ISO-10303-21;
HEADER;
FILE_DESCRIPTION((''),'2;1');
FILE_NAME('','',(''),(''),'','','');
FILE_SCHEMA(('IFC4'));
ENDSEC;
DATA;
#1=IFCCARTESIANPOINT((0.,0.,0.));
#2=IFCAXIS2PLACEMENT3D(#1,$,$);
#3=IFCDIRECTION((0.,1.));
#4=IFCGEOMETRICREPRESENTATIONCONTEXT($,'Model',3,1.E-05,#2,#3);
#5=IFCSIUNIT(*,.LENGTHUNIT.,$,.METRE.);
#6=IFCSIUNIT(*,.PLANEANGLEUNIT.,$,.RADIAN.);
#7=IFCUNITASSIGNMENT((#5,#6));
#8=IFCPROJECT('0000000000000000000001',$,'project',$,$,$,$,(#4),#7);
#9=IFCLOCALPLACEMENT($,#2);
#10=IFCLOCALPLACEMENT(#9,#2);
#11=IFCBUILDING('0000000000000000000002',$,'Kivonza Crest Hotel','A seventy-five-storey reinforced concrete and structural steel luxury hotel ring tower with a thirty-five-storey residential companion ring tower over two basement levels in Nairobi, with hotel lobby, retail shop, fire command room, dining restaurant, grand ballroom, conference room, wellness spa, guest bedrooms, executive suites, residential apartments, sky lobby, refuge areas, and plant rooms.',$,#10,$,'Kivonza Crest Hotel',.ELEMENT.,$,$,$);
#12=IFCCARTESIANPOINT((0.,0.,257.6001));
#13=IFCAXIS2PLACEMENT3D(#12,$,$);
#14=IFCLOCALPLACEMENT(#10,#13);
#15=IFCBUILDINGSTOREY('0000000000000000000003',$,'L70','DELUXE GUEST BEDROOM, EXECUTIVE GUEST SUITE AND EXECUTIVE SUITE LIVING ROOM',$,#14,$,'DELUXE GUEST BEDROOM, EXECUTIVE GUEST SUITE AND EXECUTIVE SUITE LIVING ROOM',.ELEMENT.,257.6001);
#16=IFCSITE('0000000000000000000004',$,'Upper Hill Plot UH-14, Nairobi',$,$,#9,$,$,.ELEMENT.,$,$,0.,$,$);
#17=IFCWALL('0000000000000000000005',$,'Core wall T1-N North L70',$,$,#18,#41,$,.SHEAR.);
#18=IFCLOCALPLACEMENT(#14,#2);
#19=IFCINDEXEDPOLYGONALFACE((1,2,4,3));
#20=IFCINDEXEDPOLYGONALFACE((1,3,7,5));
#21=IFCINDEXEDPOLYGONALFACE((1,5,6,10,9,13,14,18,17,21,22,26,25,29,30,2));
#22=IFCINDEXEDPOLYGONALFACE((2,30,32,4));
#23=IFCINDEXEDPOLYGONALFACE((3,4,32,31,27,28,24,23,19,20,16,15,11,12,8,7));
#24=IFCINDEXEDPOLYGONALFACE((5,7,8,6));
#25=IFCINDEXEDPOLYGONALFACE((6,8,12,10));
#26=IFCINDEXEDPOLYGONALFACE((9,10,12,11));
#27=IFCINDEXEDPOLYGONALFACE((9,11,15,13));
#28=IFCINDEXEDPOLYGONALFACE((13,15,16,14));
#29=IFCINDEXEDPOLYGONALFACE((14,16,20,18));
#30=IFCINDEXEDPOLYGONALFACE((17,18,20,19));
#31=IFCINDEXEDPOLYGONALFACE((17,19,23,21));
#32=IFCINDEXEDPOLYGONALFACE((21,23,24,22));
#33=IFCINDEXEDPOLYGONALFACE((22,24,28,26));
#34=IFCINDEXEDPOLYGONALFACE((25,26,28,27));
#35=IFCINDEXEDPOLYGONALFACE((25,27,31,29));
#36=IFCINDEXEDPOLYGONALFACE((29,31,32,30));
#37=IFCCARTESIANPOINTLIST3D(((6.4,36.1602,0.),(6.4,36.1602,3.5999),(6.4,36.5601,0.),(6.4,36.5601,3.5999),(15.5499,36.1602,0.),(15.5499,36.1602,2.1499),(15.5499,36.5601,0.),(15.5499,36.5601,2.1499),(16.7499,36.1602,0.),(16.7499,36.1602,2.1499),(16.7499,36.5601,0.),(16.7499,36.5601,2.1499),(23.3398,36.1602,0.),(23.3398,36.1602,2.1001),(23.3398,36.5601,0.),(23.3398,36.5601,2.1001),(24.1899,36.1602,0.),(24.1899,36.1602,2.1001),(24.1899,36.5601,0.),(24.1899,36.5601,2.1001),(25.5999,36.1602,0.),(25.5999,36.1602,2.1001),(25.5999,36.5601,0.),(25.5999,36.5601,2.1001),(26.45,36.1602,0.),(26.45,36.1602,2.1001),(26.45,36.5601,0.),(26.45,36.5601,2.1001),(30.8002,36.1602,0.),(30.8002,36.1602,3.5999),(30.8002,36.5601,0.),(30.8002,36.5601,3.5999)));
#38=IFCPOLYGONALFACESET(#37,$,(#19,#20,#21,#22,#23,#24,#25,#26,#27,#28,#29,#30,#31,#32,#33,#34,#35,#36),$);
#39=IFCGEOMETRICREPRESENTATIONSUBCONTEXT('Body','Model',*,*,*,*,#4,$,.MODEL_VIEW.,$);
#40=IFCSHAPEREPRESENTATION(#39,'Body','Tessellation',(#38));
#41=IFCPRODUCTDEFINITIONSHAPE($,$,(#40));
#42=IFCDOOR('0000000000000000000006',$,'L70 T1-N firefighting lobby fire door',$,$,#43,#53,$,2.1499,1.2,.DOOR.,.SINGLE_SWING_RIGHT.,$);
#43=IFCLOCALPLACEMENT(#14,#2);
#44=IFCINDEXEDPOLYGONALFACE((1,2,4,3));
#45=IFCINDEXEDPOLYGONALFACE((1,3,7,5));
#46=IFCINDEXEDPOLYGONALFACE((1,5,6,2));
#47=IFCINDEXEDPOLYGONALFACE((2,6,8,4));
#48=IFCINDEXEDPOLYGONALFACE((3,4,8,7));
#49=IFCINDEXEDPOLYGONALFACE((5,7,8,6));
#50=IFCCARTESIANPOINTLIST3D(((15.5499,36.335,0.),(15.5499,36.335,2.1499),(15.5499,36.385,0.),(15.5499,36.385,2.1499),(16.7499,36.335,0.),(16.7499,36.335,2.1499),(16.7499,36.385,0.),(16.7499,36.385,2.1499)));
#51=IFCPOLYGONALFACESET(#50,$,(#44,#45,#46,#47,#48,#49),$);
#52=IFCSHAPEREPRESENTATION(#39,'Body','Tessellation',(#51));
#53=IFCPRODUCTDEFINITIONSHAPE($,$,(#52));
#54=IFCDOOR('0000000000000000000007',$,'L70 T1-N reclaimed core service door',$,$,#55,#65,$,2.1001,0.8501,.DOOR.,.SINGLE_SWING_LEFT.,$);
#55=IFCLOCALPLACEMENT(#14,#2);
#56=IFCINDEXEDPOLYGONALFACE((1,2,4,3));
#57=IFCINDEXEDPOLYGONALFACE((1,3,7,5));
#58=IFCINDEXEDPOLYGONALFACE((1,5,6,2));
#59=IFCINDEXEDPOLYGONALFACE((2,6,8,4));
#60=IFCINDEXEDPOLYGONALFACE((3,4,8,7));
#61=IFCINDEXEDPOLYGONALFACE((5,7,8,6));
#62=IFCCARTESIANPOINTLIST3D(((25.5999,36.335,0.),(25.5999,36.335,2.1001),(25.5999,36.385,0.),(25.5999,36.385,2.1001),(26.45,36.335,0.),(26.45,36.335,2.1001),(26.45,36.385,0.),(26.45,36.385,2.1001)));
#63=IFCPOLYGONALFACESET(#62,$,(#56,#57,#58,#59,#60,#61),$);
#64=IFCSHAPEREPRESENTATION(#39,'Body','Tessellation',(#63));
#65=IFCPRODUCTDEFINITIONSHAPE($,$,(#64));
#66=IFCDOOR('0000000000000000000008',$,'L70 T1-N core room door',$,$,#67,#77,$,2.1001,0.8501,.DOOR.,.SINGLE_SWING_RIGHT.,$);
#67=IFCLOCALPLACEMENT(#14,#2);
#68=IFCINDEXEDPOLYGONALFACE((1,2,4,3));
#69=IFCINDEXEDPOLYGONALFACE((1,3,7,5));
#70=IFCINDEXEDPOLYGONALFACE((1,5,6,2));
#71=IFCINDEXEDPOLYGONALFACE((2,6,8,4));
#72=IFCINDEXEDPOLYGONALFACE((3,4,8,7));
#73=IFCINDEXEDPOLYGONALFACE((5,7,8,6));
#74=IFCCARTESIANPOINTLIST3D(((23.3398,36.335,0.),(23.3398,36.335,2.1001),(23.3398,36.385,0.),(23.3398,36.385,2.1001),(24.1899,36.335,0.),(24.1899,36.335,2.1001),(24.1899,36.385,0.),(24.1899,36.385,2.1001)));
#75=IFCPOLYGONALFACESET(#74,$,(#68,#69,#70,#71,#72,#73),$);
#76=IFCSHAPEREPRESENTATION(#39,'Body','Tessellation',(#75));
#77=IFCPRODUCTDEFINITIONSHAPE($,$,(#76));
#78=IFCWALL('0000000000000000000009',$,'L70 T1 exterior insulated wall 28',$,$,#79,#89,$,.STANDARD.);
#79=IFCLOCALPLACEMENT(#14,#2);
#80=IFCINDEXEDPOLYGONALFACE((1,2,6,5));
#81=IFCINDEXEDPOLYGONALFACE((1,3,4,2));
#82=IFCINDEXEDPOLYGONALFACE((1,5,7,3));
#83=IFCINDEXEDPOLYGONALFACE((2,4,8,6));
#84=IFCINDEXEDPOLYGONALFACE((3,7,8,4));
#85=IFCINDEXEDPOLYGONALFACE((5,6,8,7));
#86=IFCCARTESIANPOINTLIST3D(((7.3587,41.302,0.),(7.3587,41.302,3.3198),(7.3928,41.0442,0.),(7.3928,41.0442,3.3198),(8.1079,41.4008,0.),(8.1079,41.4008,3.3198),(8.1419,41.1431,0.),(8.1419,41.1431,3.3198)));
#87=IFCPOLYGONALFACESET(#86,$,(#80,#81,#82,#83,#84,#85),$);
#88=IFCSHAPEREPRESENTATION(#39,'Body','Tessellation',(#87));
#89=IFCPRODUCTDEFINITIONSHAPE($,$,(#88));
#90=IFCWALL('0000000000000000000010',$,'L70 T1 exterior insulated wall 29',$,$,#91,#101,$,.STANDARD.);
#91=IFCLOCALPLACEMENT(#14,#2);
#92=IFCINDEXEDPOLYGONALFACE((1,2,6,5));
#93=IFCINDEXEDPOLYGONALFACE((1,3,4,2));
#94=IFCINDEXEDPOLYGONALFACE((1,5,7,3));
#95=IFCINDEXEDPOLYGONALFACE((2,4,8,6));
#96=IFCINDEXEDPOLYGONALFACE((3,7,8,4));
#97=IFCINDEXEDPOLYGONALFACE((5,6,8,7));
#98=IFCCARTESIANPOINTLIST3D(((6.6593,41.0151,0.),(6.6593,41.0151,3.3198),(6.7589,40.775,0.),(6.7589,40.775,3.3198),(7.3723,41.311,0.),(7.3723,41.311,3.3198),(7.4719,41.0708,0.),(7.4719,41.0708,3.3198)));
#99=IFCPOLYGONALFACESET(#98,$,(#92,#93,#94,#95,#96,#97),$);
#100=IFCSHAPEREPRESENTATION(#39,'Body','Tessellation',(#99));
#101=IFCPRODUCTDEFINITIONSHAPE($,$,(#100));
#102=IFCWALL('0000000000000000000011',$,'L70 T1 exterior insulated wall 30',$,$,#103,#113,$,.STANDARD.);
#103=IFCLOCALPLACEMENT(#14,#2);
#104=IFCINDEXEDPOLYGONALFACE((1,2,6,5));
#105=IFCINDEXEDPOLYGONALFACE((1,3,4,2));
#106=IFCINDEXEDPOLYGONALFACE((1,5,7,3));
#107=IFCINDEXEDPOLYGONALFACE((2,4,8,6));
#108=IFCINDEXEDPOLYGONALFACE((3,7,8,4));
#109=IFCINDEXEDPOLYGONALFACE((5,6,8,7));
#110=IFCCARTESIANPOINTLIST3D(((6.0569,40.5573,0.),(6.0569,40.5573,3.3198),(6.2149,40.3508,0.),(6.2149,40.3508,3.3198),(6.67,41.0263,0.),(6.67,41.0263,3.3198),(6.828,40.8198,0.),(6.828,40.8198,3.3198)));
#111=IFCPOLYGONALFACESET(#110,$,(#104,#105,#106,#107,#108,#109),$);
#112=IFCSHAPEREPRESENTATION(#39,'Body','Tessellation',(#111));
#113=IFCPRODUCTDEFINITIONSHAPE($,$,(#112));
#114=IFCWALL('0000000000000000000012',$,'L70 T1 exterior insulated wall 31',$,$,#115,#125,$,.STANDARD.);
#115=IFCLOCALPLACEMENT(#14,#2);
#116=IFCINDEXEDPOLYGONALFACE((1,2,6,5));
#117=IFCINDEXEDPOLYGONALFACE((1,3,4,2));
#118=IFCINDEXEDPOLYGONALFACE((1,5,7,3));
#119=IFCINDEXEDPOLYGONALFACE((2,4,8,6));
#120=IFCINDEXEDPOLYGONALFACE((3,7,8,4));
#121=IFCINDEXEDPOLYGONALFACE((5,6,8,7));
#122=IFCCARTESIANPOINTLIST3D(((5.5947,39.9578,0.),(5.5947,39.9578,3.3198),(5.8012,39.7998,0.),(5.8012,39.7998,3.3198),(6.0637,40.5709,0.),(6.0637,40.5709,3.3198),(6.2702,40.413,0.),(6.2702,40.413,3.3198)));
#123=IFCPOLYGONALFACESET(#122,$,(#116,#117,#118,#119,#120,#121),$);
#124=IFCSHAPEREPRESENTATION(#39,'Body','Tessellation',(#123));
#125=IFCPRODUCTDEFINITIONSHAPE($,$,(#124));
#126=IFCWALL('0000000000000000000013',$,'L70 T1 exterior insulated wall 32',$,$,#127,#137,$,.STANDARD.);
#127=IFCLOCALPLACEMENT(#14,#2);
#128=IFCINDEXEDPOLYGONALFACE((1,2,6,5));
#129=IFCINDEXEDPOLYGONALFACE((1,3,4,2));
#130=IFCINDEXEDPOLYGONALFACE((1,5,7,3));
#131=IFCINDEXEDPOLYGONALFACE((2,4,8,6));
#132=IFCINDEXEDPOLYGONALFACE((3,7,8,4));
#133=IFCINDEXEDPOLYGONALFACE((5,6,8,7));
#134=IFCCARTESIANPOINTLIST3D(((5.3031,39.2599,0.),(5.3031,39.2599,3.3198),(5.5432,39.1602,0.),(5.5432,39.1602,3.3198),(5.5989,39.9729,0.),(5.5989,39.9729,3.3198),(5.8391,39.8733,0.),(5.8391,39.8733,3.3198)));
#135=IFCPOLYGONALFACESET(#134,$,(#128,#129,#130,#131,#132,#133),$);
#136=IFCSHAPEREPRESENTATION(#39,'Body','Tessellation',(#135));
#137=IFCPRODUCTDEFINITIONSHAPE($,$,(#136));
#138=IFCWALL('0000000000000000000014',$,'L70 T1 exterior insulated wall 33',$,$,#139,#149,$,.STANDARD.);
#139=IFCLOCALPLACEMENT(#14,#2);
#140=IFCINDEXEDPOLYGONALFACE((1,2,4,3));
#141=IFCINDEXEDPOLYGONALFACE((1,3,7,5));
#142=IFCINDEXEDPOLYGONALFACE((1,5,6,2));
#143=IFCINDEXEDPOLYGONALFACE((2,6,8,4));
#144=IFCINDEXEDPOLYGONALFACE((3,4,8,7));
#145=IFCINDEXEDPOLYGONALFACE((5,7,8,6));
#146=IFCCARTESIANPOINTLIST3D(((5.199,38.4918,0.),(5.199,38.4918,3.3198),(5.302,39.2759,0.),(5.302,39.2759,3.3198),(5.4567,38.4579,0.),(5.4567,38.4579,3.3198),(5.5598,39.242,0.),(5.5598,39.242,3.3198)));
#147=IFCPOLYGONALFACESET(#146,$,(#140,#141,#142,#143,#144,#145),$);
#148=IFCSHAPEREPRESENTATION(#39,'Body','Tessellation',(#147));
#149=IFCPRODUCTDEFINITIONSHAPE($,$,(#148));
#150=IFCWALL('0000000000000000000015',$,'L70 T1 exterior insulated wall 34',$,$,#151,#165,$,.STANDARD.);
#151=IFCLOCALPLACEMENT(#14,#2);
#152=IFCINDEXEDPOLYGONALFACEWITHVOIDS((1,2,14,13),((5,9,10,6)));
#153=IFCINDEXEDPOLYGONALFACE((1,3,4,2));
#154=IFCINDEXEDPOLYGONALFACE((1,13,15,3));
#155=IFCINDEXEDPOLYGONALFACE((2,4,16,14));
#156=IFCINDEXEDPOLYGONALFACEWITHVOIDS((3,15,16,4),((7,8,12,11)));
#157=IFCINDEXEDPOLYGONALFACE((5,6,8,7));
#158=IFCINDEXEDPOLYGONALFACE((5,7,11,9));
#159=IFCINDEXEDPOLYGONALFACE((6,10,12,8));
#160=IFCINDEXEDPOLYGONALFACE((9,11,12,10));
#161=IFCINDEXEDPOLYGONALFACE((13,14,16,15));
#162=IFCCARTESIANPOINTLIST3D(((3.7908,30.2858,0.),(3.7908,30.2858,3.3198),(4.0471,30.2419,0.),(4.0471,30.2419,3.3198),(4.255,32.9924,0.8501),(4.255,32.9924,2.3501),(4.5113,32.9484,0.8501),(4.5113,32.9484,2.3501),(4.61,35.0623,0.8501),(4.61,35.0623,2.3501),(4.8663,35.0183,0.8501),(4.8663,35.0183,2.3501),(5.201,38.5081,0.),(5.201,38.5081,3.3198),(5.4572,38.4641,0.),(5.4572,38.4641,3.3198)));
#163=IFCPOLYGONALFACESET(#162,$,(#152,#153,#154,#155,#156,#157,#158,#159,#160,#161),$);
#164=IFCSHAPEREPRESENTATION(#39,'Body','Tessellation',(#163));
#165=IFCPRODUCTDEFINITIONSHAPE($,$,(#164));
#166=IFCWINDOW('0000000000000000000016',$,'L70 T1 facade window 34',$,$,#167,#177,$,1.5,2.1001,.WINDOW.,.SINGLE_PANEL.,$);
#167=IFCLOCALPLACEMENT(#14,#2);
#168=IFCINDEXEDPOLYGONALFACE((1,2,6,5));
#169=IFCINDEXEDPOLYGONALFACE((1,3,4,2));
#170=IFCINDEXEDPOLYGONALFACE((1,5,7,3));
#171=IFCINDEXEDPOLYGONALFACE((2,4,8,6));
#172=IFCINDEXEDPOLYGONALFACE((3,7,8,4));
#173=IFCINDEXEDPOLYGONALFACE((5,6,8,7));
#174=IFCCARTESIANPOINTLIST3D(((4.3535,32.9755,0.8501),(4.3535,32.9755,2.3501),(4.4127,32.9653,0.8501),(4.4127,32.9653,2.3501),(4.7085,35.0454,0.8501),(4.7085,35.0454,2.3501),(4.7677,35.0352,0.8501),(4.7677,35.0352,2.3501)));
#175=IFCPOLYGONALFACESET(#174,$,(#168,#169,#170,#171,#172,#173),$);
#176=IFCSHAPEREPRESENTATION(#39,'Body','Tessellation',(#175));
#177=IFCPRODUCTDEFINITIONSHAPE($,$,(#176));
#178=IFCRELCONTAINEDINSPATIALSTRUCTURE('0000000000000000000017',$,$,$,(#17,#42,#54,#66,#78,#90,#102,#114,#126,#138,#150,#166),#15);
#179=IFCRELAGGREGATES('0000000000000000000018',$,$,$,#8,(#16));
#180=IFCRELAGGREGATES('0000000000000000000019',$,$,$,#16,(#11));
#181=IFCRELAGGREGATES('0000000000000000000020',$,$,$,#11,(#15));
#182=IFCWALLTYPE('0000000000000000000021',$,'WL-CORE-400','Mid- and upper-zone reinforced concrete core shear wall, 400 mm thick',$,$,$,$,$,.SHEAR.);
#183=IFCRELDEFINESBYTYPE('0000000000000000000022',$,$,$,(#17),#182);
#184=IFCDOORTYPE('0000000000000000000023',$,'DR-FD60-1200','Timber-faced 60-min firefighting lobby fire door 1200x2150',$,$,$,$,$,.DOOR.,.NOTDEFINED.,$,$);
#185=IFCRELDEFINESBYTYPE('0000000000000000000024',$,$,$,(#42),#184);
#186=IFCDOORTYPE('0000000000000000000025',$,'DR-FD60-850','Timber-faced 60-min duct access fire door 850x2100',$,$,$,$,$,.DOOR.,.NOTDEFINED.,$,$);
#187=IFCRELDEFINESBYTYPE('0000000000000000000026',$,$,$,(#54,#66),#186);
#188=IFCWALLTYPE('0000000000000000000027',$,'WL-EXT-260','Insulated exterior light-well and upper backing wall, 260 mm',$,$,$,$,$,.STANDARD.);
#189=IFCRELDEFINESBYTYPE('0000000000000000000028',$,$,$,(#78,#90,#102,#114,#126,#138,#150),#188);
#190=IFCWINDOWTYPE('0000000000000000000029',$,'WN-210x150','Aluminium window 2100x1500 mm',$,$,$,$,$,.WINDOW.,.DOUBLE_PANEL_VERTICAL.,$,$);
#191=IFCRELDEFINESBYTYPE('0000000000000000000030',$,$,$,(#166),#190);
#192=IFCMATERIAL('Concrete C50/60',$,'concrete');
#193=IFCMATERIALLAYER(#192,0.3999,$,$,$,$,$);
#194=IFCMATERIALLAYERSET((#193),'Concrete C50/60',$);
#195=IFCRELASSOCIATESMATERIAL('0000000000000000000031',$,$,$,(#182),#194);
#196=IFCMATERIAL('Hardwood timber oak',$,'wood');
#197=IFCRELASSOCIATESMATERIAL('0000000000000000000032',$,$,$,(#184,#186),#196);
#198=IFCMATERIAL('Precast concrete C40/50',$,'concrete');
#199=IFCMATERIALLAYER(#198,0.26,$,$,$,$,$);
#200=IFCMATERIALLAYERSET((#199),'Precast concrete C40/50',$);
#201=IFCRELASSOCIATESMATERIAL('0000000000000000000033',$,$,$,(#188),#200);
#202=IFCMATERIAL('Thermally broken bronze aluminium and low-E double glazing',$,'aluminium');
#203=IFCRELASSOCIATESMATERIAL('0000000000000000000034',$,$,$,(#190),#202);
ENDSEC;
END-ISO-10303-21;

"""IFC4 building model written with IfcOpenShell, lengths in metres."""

from ifc_helpers import new_model, si_unit, direction, frame, frame_2d, origin, place, context, subcontext, project, spatial, rectangle, extrude, material, layer, layer_set, type_object, element, fill, save


model = new_model("IFC4")

# Units and contexts
model_context = context("Model", 3, precision=1e-05, world=origin(), true_north=direction((0.0, 1.0)))
body_context = subcontext(model_context, "Body", "Model", "MODEL_VIEW")
ifc_project = project(units=[si_unit("LENGTHUNIT", "METRE"), si_unit("PLANEANGLEUNIT", "RADIAN")], contexts=[model_context])

# Site, building, storey
site_placement = place(None, origin())
site = spatial("IfcSite", under=ifc_project, at=site_placement, Name="Upper Hill Plot UH-14, Nairobi", CompositionType="ELEMENT", RefElevation=0.0)
building_placement = place(site_placement, origin())
building = spatial("IfcBuilding", under=site, at=building_placement, Name="Kivonza Crest Hotel", Description="A seventy-five-storey reinforced concrete and structural steel luxury hotel ring tower with a thirty-five-storey residential companion ring tower over two basement levels in Nairobi, with hotel lobby, retail shop, fire command room, dining restaurant, grand ballroom, conference room, wellness spa, guest bedrooms, executive suites, residential apartments, sky lobby, refuge areas, and plant rooms.", LongName="Kivonza Crest Hotel", CompositionType="ELEMENT")
storey_placement = place(building_placement, frame((0.0, 0.0, 257.6001)))
storey = spatial("IfcBuildingStorey", under=building, at=storey_placement, Name="L70", Description="DELUXE GUEST BEDROOM, EXECUTIVE GUEST SUITE AND EXECUTIVE SUITE LIVING ROOM", LongName="DELUXE GUEST BEDROOM, EXECUTIVE GUEST SUITE AND EXECUTIVE SUITE LIVING ROOM", CompositionType="ELEMENT", Elevation=257.6001)

# Shared definitions
ifc_material_1 = material(Name="Concrete C50/60", Category="concrete")

# Wall, openings, doors
ifc_layer_1 = layer(ifc_material_1, 0.3999)
ifc_layer_set_1 = layer_set([ifc_layer_1], Name="Concrete C50/60")
wall_type_1 = type_object("IfcWallType", Name="WL-CORE-400", Description="Mid- and upper-zone reinforced concrete core shear wall, 400 mm thick", PredefinedType="SHEAR", material=ifc_layer_set_1)
wall_1_placement = place(storey_placement, frame((6.3999, 36.3601, 0.0), z_axis=(0.0, 0.0, 1.0), x_axis=(1.0, 0.0, 0.0)))
wall_1 = element("IfcWall", 1, at=wall_1_placement, inside=storey, type_object=wall_type_1, Name="Core wall T1-N North L70", PredefinedType="SHEAR", context=body_context, shape_type="SweptSolid", body=[
    extrude(rectangle(XDim=24.4001, YDim=0.3999, at=frame_2d((12.2002, 0.0))), origin(), (0.0, 0.0, 1.0), 3.5999),
])
opening_1_placement = place(wall_1_placement, frame((9.1499, 0.0, 0.0)))
opening_1 = element("IfcOpeningElement", 2, at=opening_1_placement, cuts=wall_1, PredefinedType="OPENING", context=body_context, shape_type="SweptSolid", body=[
    extrude(rectangle(XDim=1.2, YDim=2.1499, at=frame_2d((0.6001, 1.075))), frame((0.0, 0.21, 0.0), z_axis=(0.0, -1.0, 0.0), x_axis=(1.0, 0.0, 0.0)), (0.0, 0.0, 1.0), 0.4199),
])
opening_2_placement = place(wall_1_placement, frame((19.2, 0.0, 0.0)))
opening_2 = element("IfcOpeningElement", 3, at=opening_2_placement, cuts=wall_1, PredefinedType="OPENING", context=body_context, shape_type="SweptSolid", body=[
    extrude(rectangle(XDim=0.8501, YDim=2.1001, at=frame_2d((0.425, 1.05))), frame((0.0, 0.21, 0.0), z_axis=(0.0, -1.0, 0.0), x_axis=(1.0, 0.0, 0.0)), (0.0, 0.0, 1.0), 0.4199),
])
opening_3_placement = place(wall_1_placement, frame((16.9399, 0.0, 0.0)))
opening_3 = element("IfcOpeningElement", 4, at=opening_3_placement, cuts=wall_1, PredefinedType="OPENING", context=body_context, shape_type="SweptSolid", body=[
    extrude(rectangle(XDim=0.8501, YDim=2.1001, at=frame_2d((0.425, 1.05))), frame((0.0, 0.21, 0.0), z_axis=(0.0, -1.0, 0.0), x_axis=(1.0, 0.0, 0.0)), (0.0, 0.0, 1.0), 0.4199),
])
ifc_material_2 = material(Name="Hardwood timber oak", Category="wood")
door_type_1 = type_object("IfcDoorType", Name="DR-FD60-1200", Description="Timber-faced 60-min firefighting lobby fire door 1200x2150", OperationType="NOTDEFINED", PredefinedType="DOOR", material=ifc_material_2)
door_1_placement = place(opening_1_placement, origin())
door_1 = element("IfcDoor", 5, at=door_1_placement, inside=storey, type_object=door_type_1, Name="L70 T1-N firefighting lobby fire door", OperationType="SINGLE_SWING_RIGHT", OverallHeight=2.1499, OverallWidth=1.2, PredefinedType="DOOR", context=body_context, shape_type="SweptSolid", body=[
    extrude(rectangle(XDim=1.2, YDim=2.1499, at=frame_2d((0.6001, 1.075))), frame((0.0, 0.0249, 0.0), z_axis=(0.0, -1.0, 0.0), x_axis=(1.0, 0.0, 0.0)), (0.0, 0.0, 1.0), 0.05),
])
fill(opening_1, door_1)
door_type_2 = type_object("IfcDoorType", Name="DR-FD60-850", Description="Timber-faced 60-min duct access fire door 850x2100", OperationType="NOTDEFINED", PredefinedType="DOOR", material=ifc_material_2)
door_2_placement = place(opening_2_placement, origin())
door_2 = element("IfcDoor", 6, at=door_2_placement, inside=storey, type_object=door_type_2, Name="L70 T1-N reclaimed core service door", OperationType="SINGLE_SWING_LEFT", OverallHeight=2.1001, OverallWidth=0.8501, PredefinedType="DOOR", context=body_context, shape_type="SweptSolid", body=[
    extrude(rectangle(XDim=0.8501, YDim=2.1001, at=frame_2d((0.425, 1.05))), frame((0.0, 0.0249, 0.0), z_axis=(0.0, -1.0, 0.0), x_axis=(1.0, 0.0, 0.0)), (0.0, 0.0, 1.0), 0.05),
])
fill(opening_2, door_2)
door_3_placement = place(opening_3_placement, origin())
door_3 = element("IfcDoor", 7, at=door_3_placement, inside=storey, type_object=door_type_2, Name="L70 T1-N core room door", OperationType="SINGLE_SWING_RIGHT", OverallHeight=2.1001, OverallWidth=0.8501, PredefinedType="DOOR", context=body_context, shape_type="SweptSolid", body=[
    extrude(rectangle(XDim=0.8501, YDim=2.1001, at=frame_2d((0.425, 1.05))), frame((0.0, 0.0249, 0.0), z_axis=(0.0, -1.0, 0.0), x_axis=(1.0, 0.0, 0.0)), (0.0, 0.0, 1.0), 0.05),
])
fill(opening_3, door_3)

# Walls
ifc_material_3 = material(Name="Precast concrete C40/50", Category="concrete")
ifc_layer_2 = layer(ifc_material_3, 0.26)
ifc_layer_set_2 = layer_set([ifc_layer_2], Name="Precast concrete C40/50")
wall_type_2 = type_object("IfcWallType", Name="WL-EXT-260", Description="Insulated exterior light-well and upper backing wall, 260 mm", PredefinedType="STANDARD", material=ifc_layer_set_2)
wall_2_placement = place(storey_placement, frame((8.125, 41.272, 0.0), z_axis=(0.0, 0.0, 1.0), x_axis=(-0.991399, -0.130872, 0.0)))
element("IfcWall", 8, at=wall_2_placement, inside=storey, type_object=wall_type_2, Name="L70 T1 exterior insulated wall 28", PredefinedType="STANDARD", context=body_context, shape_type="SweptSolid", body=[
    extrude(rectangle(XDim=0.7556, YDim=0.26, at=frame_2d((0.3779, 0.0))), origin(), (0.0, 0.0, 1.0), 3.3198),
])
for number, where, z_axis, x_axis, name in (
    (9, (7.4221, 41.1909, 0.0), (0.0, 0.0, 1.0), (-0.923647, -0.383245, 0.0), "L70 T1 exterior insulated wall 29"),
    (10, (6.749, 40.9231, 0.0), (0.0, 0.0, 1.0), (-0.794232, -0.607614, 0.0), "L70 T1 exterior insulated wall 30"),
    (11, (6.167, 40.4919, 0.0), (0.0, 0.0, 1.0), (-0.607614, -0.794232, 0.0), "L70 T1 exterior insulated wall 31"),
    (12, (5.719, 39.9231, 0.0), (0.0, 0.0, 1.0), (-0.383245, -0.923647, 0.0), "L70 T1 exterior insulated wall 32"),
):
    element("IfcWall", number, at=place(storey_placement, frame(where, z_axis=z_axis, x_axis=x_axis)), inside=storey, type_object=wall_type_2, Name=name, PredefinedType="STANDARD", context=body_context, shape_type="SweptSolid", body=[
        extrude(rectangle(XDim=0.772, YDim=0.26, at=frame_2d((0.386, 0.0))), origin(), (0.0, 0.0, 1.0), 3.3198),
    ])
wall_3_placement = place(storey_placement, frame((5.4309, 39.259, 0.0), z_axis=(0.0, 0.0, 1.0), x_axis=(-0.130303, -0.991474, 0.0)))
element("IfcWall", 13, at=wall_3_placement, inside=storey, type_object=wall_type_2, Name="L70 T1 exterior insulated wall 33", PredefinedType="STANDARD", context=body_context, shape_type="SweptSolid", body=[
    extrude(rectangle(XDim=0.7908, YDim=0.26, at=frame_2d((0.3955, 0.0))), origin(), (0.0, 0.0, 1.0), 3.3198),
])

# Wall, opening, window
wall_4_placement = place(storey_placement, frame((5.3291, 38.4861, 0.0), z_axis=(0.0, 0.0, 1.0), x_axis=(-0.169039, -0.985609, 0.0)))
wall_4 = element("IfcWall", 14, at=wall_4_placement, inside=storey, type_object=wall_type_2, Name="L70 T1 exterior insulated wall 34", PredefinedType="STANDARD", context=body_context, shape_type="SweptSolid", body=[
    extrude(rectangle(XDim=8.3423, YDim=0.26, at=frame_2d((4.1711, 0.0))), origin(), (0.0, 0.0, 1.0), 3.3198),
])
opening_4_placement = place(wall_4_placement, frame((3.4961, 0.0, 0.8501)))
opening_4 = element("IfcOpeningElement", 15, at=opening_4_placement, cuts=wall_4, PredefinedType="OPENING", context=body_context, shape_type="SweptSolid", body=[
    extrude(rectangle(XDim=2.1001, YDim=1.5, at=frame_2d((1.05, 0.75))), frame((0.0, 0.1401, 0.0), z_axis=(0.0, -1.0, 0.0), x_axis=(1.0, 0.0, 0.0)), (0.0, 0.0, 1.0), 0.28),
])
ifc_material_4 = material(Name="Thermally broken bronze aluminium and low-E double glazing", Category="aluminium")
window_type = type_object("IfcWindowType", Name="WN-210x150", Description="Aluminium window 2100x1500 mm", PartitioningType="DOUBLE_PANEL_VERTICAL", PredefinedType="WINDOW", material=ifc_material_4)
window_placement = place(opening_4_placement, origin())
window = element("IfcWindow", 16, at=window_placement, inside=storey, type_object=window_type, Name="L70 T1 facade window 34", OverallHeight=1.5, OverallWidth=2.1001, PartitioningType="SINGLE_PANEL", PredefinedType="WINDOW", context=body_context, shape_type="SweptSolid", body=[
    extrude(rectangle(XDim=2.1001, YDim=1.5, at=frame_2d((1.05, 0.75))), frame((0.0, 0.03, 0.0), z_axis=(0.0, -1.0, 0.0), x_axis=(1.0, 0.0, 0.0)), (0.0, 0.0, 1.0), 0.0601),
])
fill(opening_4, window)

save(model, "model.ifc")
